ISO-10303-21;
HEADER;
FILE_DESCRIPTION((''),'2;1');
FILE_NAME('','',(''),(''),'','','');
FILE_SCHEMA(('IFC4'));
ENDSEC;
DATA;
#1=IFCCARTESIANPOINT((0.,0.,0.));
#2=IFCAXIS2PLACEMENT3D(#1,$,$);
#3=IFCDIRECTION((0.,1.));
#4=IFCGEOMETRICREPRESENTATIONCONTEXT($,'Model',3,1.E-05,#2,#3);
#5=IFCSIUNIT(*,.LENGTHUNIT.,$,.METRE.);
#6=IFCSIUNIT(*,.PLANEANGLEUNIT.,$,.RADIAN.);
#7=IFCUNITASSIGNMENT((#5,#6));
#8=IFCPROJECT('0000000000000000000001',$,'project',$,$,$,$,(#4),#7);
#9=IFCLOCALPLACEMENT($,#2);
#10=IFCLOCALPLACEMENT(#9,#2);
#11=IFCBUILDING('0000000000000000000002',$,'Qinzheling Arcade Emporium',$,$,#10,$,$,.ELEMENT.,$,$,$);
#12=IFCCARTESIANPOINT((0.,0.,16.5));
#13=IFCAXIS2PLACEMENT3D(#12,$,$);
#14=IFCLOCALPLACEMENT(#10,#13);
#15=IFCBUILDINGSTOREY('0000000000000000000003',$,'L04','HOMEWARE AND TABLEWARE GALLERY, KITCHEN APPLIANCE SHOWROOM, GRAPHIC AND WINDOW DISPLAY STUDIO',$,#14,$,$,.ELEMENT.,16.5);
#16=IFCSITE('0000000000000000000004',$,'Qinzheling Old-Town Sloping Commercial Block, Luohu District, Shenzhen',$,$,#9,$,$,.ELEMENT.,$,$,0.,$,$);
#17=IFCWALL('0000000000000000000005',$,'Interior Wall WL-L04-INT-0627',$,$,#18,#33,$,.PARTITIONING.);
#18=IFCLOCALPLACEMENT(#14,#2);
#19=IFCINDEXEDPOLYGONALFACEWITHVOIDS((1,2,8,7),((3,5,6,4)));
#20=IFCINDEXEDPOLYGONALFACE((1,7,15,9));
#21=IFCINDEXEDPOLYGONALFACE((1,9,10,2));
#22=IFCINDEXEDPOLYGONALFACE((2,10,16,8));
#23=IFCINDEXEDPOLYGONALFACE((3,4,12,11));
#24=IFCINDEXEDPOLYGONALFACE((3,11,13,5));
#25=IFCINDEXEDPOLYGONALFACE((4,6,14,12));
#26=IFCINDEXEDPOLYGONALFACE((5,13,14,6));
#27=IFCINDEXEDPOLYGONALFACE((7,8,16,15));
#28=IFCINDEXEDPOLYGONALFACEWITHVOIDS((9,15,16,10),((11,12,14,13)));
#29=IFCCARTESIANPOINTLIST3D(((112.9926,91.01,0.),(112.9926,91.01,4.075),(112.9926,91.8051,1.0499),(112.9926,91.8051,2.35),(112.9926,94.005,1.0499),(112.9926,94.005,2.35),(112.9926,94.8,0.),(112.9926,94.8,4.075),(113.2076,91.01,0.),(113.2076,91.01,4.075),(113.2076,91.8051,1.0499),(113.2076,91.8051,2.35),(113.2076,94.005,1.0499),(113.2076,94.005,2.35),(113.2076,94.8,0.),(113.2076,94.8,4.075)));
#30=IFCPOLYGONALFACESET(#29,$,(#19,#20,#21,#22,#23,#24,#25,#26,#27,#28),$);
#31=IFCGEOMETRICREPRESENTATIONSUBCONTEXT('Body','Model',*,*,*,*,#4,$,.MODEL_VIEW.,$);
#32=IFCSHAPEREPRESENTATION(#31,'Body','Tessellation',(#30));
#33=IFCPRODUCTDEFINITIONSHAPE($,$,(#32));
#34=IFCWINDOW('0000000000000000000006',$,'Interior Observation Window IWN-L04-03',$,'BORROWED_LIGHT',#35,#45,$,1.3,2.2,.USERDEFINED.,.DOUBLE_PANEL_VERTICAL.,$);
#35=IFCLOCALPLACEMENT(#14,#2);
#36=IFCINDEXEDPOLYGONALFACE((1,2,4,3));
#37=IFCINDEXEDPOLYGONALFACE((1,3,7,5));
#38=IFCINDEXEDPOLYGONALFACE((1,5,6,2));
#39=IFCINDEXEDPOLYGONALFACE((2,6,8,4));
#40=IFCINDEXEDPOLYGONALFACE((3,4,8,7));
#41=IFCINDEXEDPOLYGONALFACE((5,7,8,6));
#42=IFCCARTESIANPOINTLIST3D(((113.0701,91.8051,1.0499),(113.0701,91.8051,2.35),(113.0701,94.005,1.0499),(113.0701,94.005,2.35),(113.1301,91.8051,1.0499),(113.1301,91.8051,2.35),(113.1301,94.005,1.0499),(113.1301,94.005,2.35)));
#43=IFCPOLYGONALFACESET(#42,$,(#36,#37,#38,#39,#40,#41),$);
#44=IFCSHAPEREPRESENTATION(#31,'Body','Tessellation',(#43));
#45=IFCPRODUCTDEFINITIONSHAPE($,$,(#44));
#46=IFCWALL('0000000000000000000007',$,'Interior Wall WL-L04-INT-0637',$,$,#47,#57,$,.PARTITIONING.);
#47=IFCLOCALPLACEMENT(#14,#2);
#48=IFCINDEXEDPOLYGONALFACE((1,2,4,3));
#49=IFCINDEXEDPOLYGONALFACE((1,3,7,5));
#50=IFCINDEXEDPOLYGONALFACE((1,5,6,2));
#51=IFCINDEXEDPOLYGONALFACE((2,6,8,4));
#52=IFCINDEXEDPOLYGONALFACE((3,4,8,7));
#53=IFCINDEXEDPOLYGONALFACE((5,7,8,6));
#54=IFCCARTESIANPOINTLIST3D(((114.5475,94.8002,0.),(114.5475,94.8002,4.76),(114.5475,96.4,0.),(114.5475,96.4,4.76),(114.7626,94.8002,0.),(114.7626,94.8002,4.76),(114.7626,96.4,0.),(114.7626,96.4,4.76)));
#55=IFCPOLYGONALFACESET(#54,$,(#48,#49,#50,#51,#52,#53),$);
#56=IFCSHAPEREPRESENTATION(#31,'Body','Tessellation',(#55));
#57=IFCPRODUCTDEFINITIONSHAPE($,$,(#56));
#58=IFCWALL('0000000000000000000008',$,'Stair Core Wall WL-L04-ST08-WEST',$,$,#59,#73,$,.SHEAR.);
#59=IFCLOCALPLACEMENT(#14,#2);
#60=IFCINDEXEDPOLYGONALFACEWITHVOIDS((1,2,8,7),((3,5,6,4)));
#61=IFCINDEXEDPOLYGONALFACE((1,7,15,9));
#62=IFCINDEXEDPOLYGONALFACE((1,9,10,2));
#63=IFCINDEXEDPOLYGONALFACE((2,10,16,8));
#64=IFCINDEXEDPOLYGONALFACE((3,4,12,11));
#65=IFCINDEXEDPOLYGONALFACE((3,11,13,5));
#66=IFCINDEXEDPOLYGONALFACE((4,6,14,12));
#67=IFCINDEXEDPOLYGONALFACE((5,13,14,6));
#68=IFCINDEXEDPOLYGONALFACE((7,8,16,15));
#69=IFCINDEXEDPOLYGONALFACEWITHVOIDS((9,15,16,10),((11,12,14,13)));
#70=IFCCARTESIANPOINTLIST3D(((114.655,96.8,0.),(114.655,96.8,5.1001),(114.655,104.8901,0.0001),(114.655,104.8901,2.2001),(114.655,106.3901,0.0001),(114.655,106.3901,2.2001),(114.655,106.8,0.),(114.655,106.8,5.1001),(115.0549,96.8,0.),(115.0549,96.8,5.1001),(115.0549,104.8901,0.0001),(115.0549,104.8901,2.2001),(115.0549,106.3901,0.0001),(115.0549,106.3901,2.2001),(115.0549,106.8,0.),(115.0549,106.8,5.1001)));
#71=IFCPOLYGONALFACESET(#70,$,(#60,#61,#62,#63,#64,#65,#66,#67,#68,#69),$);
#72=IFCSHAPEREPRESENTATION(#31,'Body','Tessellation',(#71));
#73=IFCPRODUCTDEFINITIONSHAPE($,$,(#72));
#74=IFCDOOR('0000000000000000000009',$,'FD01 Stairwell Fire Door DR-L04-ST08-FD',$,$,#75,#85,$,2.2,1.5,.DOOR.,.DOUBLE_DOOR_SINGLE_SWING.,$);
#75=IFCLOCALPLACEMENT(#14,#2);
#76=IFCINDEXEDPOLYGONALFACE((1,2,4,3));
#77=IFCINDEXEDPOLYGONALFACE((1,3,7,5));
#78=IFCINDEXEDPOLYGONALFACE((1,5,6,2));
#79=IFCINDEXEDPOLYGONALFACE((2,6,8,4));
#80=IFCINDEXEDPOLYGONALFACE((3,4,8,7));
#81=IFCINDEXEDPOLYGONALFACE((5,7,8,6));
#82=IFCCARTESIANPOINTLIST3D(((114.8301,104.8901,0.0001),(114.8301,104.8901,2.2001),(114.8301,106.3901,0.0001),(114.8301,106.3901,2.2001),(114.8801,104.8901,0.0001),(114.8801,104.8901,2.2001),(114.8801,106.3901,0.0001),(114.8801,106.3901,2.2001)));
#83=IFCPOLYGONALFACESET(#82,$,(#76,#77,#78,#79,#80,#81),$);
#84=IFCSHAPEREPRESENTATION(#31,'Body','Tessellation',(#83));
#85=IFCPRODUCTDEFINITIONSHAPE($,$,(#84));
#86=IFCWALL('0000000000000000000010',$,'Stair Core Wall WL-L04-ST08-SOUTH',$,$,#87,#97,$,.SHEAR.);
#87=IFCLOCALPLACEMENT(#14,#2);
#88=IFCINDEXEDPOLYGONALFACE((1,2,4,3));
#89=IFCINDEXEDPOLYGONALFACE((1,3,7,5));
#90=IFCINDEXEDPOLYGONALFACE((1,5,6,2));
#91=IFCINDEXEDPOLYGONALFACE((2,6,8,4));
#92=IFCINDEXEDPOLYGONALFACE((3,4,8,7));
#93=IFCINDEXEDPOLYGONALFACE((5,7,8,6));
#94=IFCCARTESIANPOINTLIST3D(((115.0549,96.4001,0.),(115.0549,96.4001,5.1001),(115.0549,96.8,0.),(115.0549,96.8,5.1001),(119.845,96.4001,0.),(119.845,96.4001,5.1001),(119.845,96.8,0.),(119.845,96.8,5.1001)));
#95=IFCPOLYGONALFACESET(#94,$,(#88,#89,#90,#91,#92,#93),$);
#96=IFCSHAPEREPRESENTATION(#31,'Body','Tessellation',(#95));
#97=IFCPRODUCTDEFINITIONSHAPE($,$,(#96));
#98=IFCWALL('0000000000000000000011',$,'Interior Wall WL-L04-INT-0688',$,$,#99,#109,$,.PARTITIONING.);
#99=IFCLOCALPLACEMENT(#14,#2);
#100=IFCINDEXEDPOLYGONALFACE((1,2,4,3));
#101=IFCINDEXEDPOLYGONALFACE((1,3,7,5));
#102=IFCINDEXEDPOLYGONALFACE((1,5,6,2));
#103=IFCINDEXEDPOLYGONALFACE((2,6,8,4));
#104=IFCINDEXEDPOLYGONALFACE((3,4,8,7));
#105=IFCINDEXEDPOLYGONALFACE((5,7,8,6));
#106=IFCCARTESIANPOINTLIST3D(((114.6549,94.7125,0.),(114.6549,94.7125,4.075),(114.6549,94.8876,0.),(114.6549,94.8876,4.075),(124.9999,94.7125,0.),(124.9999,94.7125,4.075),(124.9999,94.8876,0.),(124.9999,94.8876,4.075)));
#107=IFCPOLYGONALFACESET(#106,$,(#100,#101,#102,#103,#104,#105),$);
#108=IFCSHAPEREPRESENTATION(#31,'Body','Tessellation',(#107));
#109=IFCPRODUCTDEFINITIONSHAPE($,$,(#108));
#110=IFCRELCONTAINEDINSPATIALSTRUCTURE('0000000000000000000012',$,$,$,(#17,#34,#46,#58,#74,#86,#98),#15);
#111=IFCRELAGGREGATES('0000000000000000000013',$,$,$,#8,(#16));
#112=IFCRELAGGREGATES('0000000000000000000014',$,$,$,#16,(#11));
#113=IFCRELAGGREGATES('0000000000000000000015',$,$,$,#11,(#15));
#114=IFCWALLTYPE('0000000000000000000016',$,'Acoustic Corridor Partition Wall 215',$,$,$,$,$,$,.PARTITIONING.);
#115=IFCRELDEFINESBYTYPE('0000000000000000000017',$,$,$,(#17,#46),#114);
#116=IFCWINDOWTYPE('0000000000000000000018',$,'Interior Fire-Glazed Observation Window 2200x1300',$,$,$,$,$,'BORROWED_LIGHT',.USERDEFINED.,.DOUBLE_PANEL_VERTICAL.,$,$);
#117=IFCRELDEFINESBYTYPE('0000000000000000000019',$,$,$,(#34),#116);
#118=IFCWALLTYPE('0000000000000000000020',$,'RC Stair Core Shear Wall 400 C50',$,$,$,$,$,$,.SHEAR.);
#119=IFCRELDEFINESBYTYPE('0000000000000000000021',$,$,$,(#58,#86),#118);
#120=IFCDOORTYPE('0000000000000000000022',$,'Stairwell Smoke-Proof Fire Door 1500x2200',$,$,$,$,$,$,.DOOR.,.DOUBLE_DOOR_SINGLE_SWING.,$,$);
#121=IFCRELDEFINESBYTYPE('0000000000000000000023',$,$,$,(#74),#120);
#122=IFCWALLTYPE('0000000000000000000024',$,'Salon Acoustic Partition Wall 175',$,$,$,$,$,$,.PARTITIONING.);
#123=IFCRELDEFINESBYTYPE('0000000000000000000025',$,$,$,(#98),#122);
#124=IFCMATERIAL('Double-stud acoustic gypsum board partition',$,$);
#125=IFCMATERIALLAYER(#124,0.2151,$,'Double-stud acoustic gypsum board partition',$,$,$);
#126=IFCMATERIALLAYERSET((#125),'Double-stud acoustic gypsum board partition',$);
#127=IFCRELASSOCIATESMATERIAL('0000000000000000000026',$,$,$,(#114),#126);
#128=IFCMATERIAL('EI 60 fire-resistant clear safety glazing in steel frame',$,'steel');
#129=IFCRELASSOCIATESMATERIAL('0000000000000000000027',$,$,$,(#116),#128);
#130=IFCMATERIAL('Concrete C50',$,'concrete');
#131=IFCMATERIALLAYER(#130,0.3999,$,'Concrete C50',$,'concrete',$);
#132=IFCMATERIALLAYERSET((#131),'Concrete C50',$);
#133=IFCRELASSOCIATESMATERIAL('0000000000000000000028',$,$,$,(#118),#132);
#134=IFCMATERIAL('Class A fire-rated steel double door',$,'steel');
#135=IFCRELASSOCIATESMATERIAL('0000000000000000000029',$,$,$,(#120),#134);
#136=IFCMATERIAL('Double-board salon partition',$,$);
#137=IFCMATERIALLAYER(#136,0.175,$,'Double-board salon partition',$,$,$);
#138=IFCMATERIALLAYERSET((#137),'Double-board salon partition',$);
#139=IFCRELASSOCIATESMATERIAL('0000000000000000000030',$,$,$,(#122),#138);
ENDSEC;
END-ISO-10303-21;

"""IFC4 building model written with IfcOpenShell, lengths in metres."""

from ifc_helpers import new_model, si_unit, direction, frame, frame_2d, origin, place, context, subcontext, project, spatial, rectangle, extrude, material, layer, layer_set, type_object, element, fill, save


model = new_model("IFC4")

# Units and contexts
model_context = context("Model", 3, precision=1e-05, world=origin(), true_north=direction((0.0, 1.0)))
body_context = subcontext(model_context, "Body", "Model", "MODEL_VIEW")
ifc_project = project(units=[si_unit("LENGTHUNIT", "METRE"), si_unit("PLANEANGLEUNIT", "RADIAN")], contexts=[model_context])

# Site, building, storey
site_placement = place(None, origin())
site = spatial("IfcSite", under=ifc_project, at=site_placement, Name="Qinzheling Old-Town Sloping Commercial Block, Luohu District, Shenzhen", CompositionType="ELEMENT", RefElevation=0.0)
building_placement = place(site_placement, origin())
building = spatial("IfcBuilding", under=site, at=building_placement, Name="Qinzheling Arcade Emporium", CompositionType="ELEMENT")
storey_placement = place(building_placement, frame((0.0, 0.0, 16.5)))
storey = spatial("IfcBuildingStorey", under=building, at=storey_placement, Name="L04", Description="HOMEWARE AND TABLEWARE GALLERY, KITCHEN APPLIANCE SHOWROOM, GRAPHIC AND WINDOW DISPLAY STUDIO", CompositionType="ELEMENT", Elevation=16.5)

# Shared definitions
ifc_material_1 = material(Name="Double-stud acoustic gypsum board partition")
ifc_layer_1 = layer(ifc_material_1, 0.2151, Name="Double-stud acoustic gypsum board partition")
ifc_layer_set_1 = layer_set([ifc_layer_1], Name="Double-stud acoustic gypsum board partition")
wall_type_1 = type_object("IfcWallType", Name="Acoustic Corridor Partition Wall 215", PredefinedType="PARTITIONING", material=ifc_layer_set_1)

# Wall, opening, window
wall_1_placement = place(storey_placement, frame((113.1001, 94.8, 0.0), z_axis=(0.0, 0.0, 1.0), x_axis=(0.0, -1.0, 0.0)))
wall_1 = element("IfcWall", 1, at=wall_1_placement, inside=storey, type_object=wall_type_1, Name="Interior Wall WL-L04-INT-0627", PredefinedType="PARTITIONING", context=body_context, shape_type="SweptSolid", body=[
    extrude(rectangle(XDim=3.79, YDim=0.2151, at=frame_2d((1.895, 0.0))), origin(), (0.0, 0.0, 1.0), 4.075),
])
opening_1_placement = place(wall_1_placement, frame((0.7949, 0.0, 1.05)))
opening_1 = element("IfcOpeningElement", 2, at=opening_1_placement, cuts=wall_1, PredefinedType="OPENING", context=body_context, shape_type="SweptSolid", body=[
    extrude(rectangle(XDim=2.2, YDim=1.3, at=frame_2d((1.1001, 0.6499))), frame((0.0, 0.1177, 0.0), z_axis=(0.0, -1.0, 0.0), x_axis=(1.0, 0.0, 0.0)), (0.0, 0.0, 1.0), 0.2351),
])
ifc_material_2 = material(Name="EI 60 fire-resistant clear safety glazing in steel frame", Category="steel")
window_type = type_object("IfcWindowType", Name="Interior Fire-Glazed Observation Window 2200x1300", ElementType="BORROWED_LIGHT", PartitioningType="DOUBLE_PANEL_VERTICAL", PredefinedType="USERDEFINED", material=ifc_material_2)
window_placement = place(opening_1_placement, origin())
window = element("IfcWindow", 3, at=window_placement, inside=storey, type_object=window_type, Name="Interior Observation Window IWN-L04-03", ObjectType="BORROWED_LIGHT", OverallHeight=1.3, OverallWidth=2.2, PartitioningType="DOUBLE_PANEL_VERTICAL", PredefinedType="USERDEFINED", context=body_context, shape_type="SweptSolid", body=[
    extrude(rectangle(XDim=2.2, YDim=1.3, at=frame_2d((1.1001, 0.6499))), frame((0.0, 0.03, 0.0), z_axis=(0.0, -1.0, 0.0), x_axis=(1.0, 0.0, 0.0)), (0.0, 0.0, 1.0), 0.0601),
])
fill(opening_1, window)

# Wall
wall_2_placement = place(storey_placement, frame((114.655, 96.3999, 0.0), z_axis=(0.0, 0.0, 1.0), x_axis=(0.0, -1.0, 0.0)))
element("IfcWall", 4, at=wall_2_placement, inside=storey, type_object=wall_type_1, Name="Interior Wall WL-L04-INT-0637", PredefinedType="PARTITIONING", context=body_context, shape_type="SweptSolid", body=[
    extrude(rectangle(XDim=1.5999, YDim=0.2151, at=frame_2d((0.7998, 0.0))), origin(), (0.0, 0.0, 1.0), 4.76),
])

# Wall, opening, door
ifc_material_3 = material(Name="Concrete C50", Category="concrete")
ifc_layer_2 = layer(ifc_material_3, 0.3999, Name="Concrete C50", Category="concrete")
ifc_layer_set_2 = layer_set([ifc_layer_2], Name="Concrete C50")
wall_type_2 = type_object("IfcWallType", Name="RC Stair Core Shear Wall 400 C50", PredefinedType="SHEAR", material=ifc_layer_set_2)
wall_3_placement = place(storey_placement, frame((114.855, 96.8, 0.0), z_axis=(0.0, 0.0, 1.0), x_axis=(0.0, 1.0, 0.0)))
wall_3 = element("IfcWall", 5, at=wall_3_placement, inside=storey, type_object=wall_type_2, Name="Stair Core Wall WL-L04-ST08-WEST", PredefinedType="SHEAR", context=body_context, shape_type="SweptSolid", body=[
    extrude(rectangle(XDim=10.0, YDim=0.3999, at=frame_2d((5.0, 0.0))), origin(), (0.0, 0.0, 1.0), 5.1001),
])
opening_2_placement = place(wall_3_placement, frame((8.0901, 0.0, 0.0)))
opening_2 = element("IfcOpeningElement", 6, at=opening_2_placement, cuts=wall_3, PredefinedType="OPENING", context=body_context, shape_type="SweptSolid", body=[
    extrude(rectangle(XDim=1.5, YDim=2.2, at=frame_2d((0.75, 1.1001))), frame((0.0, 0.21, 0.0), z_axis=(0.0, -1.0, 0.0), x_axis=(1.0, 0.0, 0.0)), (0.0, 0.0, 1.0), 0.4199),
])
ifc_material_4 = material(Name="Class A fire-rated steel double door", Category="steel")
door_type = type_object("IfcDoorType", Name="Stairwell Smoke-Proof Fire Door 1500x2200", OperationType="DOUBLE_DOOR_SINGLE_SWING", PredefinedType="DOOR", material=ifc_material_4)
door_placement = place(opening_2_placement, origin())
door = element("IfcDoor", 7, at=door_placement, inside=storey, type_object=door_type, Name="FD01 Stairwell Fire Door DR-L04-ST08-FD", OperationType="DOUBLE_DOOR_SINGLE_SWING", OverallHeight=2.2, OverallWidth=1.5, PredefinedType="DOOR", context=body_context, shape_type="SweptSolid", body=[
    extrude(rectangle(XDim=1.5, YDim=2.2, at=frame_2d((0.75, 1.1001))), frame((0.0, 0.0249, 0.0), z_axis=(0.0, -1.0, 0.0), x_axis=(1.0, 0.0, 0.0)), (0.0, 0.0, 1.0), 0.05),
])
fill(opening_2, door)

# Walls
wall_4_placement = place(storey_placement, frame((119.845, 96.6001, 0.0), z_axis=(0.0, 0.0, 1.0), x_axis=(-1.0, 0.0, 0.0)))
element("IfcWall", 8, at=wall_4_placement, inside=storey, type_object=wall_type_2, Name="Stair Core Wall WL-L04-ST08-SOUTH", PredefinedType="SHEAR", context=body_context, shape_type="SweptSolid", body=[
    extrude(rectangle(XDim=4.79, YDim=0.3999, at=frame_2d((2.395, 0.0))), origin(), (0.0, 0.0, 1.0), 5.1001),
])
ifc_material_5 = material(Name="Double-board salon partition")
ifc_layer_3 = layer(ifc_material_5, 0.175, Name="Double-board salon partition")
ifc_layer_set_3 = layer_set([ifc_layer_3], Name="Double-board salon partition")
wall_type_3 = type_object("IfcWallType", Name="Salon Acoustic Partition Wall 175", PredefinedType="PARTITIONING", material=ifc_layer_set_3)
wall_5_placement = place(storey_placement, frame((114.655, 94.8, 0.0), z_axis=(0.0, 0.0, 1.0), x_axis=(1.0, 0.0, 0.0)))
element("IfcWall", 9, at=wall_5_placement, inside=storey, type_object=wall_type_3, Name="Interior Wall WL-L04-INT-0688", PredefinedType="PARTITIONING", context=body_context, shape_type="SweptSolid", body=[
    extrude(rectangle(XDim=10.345, YDim=0.175, at=frame_2d((5.1724, 0.0))), origin(), (0.0, 0.0, 1.0), 4.075),
])

save(model, "model.ifc")
